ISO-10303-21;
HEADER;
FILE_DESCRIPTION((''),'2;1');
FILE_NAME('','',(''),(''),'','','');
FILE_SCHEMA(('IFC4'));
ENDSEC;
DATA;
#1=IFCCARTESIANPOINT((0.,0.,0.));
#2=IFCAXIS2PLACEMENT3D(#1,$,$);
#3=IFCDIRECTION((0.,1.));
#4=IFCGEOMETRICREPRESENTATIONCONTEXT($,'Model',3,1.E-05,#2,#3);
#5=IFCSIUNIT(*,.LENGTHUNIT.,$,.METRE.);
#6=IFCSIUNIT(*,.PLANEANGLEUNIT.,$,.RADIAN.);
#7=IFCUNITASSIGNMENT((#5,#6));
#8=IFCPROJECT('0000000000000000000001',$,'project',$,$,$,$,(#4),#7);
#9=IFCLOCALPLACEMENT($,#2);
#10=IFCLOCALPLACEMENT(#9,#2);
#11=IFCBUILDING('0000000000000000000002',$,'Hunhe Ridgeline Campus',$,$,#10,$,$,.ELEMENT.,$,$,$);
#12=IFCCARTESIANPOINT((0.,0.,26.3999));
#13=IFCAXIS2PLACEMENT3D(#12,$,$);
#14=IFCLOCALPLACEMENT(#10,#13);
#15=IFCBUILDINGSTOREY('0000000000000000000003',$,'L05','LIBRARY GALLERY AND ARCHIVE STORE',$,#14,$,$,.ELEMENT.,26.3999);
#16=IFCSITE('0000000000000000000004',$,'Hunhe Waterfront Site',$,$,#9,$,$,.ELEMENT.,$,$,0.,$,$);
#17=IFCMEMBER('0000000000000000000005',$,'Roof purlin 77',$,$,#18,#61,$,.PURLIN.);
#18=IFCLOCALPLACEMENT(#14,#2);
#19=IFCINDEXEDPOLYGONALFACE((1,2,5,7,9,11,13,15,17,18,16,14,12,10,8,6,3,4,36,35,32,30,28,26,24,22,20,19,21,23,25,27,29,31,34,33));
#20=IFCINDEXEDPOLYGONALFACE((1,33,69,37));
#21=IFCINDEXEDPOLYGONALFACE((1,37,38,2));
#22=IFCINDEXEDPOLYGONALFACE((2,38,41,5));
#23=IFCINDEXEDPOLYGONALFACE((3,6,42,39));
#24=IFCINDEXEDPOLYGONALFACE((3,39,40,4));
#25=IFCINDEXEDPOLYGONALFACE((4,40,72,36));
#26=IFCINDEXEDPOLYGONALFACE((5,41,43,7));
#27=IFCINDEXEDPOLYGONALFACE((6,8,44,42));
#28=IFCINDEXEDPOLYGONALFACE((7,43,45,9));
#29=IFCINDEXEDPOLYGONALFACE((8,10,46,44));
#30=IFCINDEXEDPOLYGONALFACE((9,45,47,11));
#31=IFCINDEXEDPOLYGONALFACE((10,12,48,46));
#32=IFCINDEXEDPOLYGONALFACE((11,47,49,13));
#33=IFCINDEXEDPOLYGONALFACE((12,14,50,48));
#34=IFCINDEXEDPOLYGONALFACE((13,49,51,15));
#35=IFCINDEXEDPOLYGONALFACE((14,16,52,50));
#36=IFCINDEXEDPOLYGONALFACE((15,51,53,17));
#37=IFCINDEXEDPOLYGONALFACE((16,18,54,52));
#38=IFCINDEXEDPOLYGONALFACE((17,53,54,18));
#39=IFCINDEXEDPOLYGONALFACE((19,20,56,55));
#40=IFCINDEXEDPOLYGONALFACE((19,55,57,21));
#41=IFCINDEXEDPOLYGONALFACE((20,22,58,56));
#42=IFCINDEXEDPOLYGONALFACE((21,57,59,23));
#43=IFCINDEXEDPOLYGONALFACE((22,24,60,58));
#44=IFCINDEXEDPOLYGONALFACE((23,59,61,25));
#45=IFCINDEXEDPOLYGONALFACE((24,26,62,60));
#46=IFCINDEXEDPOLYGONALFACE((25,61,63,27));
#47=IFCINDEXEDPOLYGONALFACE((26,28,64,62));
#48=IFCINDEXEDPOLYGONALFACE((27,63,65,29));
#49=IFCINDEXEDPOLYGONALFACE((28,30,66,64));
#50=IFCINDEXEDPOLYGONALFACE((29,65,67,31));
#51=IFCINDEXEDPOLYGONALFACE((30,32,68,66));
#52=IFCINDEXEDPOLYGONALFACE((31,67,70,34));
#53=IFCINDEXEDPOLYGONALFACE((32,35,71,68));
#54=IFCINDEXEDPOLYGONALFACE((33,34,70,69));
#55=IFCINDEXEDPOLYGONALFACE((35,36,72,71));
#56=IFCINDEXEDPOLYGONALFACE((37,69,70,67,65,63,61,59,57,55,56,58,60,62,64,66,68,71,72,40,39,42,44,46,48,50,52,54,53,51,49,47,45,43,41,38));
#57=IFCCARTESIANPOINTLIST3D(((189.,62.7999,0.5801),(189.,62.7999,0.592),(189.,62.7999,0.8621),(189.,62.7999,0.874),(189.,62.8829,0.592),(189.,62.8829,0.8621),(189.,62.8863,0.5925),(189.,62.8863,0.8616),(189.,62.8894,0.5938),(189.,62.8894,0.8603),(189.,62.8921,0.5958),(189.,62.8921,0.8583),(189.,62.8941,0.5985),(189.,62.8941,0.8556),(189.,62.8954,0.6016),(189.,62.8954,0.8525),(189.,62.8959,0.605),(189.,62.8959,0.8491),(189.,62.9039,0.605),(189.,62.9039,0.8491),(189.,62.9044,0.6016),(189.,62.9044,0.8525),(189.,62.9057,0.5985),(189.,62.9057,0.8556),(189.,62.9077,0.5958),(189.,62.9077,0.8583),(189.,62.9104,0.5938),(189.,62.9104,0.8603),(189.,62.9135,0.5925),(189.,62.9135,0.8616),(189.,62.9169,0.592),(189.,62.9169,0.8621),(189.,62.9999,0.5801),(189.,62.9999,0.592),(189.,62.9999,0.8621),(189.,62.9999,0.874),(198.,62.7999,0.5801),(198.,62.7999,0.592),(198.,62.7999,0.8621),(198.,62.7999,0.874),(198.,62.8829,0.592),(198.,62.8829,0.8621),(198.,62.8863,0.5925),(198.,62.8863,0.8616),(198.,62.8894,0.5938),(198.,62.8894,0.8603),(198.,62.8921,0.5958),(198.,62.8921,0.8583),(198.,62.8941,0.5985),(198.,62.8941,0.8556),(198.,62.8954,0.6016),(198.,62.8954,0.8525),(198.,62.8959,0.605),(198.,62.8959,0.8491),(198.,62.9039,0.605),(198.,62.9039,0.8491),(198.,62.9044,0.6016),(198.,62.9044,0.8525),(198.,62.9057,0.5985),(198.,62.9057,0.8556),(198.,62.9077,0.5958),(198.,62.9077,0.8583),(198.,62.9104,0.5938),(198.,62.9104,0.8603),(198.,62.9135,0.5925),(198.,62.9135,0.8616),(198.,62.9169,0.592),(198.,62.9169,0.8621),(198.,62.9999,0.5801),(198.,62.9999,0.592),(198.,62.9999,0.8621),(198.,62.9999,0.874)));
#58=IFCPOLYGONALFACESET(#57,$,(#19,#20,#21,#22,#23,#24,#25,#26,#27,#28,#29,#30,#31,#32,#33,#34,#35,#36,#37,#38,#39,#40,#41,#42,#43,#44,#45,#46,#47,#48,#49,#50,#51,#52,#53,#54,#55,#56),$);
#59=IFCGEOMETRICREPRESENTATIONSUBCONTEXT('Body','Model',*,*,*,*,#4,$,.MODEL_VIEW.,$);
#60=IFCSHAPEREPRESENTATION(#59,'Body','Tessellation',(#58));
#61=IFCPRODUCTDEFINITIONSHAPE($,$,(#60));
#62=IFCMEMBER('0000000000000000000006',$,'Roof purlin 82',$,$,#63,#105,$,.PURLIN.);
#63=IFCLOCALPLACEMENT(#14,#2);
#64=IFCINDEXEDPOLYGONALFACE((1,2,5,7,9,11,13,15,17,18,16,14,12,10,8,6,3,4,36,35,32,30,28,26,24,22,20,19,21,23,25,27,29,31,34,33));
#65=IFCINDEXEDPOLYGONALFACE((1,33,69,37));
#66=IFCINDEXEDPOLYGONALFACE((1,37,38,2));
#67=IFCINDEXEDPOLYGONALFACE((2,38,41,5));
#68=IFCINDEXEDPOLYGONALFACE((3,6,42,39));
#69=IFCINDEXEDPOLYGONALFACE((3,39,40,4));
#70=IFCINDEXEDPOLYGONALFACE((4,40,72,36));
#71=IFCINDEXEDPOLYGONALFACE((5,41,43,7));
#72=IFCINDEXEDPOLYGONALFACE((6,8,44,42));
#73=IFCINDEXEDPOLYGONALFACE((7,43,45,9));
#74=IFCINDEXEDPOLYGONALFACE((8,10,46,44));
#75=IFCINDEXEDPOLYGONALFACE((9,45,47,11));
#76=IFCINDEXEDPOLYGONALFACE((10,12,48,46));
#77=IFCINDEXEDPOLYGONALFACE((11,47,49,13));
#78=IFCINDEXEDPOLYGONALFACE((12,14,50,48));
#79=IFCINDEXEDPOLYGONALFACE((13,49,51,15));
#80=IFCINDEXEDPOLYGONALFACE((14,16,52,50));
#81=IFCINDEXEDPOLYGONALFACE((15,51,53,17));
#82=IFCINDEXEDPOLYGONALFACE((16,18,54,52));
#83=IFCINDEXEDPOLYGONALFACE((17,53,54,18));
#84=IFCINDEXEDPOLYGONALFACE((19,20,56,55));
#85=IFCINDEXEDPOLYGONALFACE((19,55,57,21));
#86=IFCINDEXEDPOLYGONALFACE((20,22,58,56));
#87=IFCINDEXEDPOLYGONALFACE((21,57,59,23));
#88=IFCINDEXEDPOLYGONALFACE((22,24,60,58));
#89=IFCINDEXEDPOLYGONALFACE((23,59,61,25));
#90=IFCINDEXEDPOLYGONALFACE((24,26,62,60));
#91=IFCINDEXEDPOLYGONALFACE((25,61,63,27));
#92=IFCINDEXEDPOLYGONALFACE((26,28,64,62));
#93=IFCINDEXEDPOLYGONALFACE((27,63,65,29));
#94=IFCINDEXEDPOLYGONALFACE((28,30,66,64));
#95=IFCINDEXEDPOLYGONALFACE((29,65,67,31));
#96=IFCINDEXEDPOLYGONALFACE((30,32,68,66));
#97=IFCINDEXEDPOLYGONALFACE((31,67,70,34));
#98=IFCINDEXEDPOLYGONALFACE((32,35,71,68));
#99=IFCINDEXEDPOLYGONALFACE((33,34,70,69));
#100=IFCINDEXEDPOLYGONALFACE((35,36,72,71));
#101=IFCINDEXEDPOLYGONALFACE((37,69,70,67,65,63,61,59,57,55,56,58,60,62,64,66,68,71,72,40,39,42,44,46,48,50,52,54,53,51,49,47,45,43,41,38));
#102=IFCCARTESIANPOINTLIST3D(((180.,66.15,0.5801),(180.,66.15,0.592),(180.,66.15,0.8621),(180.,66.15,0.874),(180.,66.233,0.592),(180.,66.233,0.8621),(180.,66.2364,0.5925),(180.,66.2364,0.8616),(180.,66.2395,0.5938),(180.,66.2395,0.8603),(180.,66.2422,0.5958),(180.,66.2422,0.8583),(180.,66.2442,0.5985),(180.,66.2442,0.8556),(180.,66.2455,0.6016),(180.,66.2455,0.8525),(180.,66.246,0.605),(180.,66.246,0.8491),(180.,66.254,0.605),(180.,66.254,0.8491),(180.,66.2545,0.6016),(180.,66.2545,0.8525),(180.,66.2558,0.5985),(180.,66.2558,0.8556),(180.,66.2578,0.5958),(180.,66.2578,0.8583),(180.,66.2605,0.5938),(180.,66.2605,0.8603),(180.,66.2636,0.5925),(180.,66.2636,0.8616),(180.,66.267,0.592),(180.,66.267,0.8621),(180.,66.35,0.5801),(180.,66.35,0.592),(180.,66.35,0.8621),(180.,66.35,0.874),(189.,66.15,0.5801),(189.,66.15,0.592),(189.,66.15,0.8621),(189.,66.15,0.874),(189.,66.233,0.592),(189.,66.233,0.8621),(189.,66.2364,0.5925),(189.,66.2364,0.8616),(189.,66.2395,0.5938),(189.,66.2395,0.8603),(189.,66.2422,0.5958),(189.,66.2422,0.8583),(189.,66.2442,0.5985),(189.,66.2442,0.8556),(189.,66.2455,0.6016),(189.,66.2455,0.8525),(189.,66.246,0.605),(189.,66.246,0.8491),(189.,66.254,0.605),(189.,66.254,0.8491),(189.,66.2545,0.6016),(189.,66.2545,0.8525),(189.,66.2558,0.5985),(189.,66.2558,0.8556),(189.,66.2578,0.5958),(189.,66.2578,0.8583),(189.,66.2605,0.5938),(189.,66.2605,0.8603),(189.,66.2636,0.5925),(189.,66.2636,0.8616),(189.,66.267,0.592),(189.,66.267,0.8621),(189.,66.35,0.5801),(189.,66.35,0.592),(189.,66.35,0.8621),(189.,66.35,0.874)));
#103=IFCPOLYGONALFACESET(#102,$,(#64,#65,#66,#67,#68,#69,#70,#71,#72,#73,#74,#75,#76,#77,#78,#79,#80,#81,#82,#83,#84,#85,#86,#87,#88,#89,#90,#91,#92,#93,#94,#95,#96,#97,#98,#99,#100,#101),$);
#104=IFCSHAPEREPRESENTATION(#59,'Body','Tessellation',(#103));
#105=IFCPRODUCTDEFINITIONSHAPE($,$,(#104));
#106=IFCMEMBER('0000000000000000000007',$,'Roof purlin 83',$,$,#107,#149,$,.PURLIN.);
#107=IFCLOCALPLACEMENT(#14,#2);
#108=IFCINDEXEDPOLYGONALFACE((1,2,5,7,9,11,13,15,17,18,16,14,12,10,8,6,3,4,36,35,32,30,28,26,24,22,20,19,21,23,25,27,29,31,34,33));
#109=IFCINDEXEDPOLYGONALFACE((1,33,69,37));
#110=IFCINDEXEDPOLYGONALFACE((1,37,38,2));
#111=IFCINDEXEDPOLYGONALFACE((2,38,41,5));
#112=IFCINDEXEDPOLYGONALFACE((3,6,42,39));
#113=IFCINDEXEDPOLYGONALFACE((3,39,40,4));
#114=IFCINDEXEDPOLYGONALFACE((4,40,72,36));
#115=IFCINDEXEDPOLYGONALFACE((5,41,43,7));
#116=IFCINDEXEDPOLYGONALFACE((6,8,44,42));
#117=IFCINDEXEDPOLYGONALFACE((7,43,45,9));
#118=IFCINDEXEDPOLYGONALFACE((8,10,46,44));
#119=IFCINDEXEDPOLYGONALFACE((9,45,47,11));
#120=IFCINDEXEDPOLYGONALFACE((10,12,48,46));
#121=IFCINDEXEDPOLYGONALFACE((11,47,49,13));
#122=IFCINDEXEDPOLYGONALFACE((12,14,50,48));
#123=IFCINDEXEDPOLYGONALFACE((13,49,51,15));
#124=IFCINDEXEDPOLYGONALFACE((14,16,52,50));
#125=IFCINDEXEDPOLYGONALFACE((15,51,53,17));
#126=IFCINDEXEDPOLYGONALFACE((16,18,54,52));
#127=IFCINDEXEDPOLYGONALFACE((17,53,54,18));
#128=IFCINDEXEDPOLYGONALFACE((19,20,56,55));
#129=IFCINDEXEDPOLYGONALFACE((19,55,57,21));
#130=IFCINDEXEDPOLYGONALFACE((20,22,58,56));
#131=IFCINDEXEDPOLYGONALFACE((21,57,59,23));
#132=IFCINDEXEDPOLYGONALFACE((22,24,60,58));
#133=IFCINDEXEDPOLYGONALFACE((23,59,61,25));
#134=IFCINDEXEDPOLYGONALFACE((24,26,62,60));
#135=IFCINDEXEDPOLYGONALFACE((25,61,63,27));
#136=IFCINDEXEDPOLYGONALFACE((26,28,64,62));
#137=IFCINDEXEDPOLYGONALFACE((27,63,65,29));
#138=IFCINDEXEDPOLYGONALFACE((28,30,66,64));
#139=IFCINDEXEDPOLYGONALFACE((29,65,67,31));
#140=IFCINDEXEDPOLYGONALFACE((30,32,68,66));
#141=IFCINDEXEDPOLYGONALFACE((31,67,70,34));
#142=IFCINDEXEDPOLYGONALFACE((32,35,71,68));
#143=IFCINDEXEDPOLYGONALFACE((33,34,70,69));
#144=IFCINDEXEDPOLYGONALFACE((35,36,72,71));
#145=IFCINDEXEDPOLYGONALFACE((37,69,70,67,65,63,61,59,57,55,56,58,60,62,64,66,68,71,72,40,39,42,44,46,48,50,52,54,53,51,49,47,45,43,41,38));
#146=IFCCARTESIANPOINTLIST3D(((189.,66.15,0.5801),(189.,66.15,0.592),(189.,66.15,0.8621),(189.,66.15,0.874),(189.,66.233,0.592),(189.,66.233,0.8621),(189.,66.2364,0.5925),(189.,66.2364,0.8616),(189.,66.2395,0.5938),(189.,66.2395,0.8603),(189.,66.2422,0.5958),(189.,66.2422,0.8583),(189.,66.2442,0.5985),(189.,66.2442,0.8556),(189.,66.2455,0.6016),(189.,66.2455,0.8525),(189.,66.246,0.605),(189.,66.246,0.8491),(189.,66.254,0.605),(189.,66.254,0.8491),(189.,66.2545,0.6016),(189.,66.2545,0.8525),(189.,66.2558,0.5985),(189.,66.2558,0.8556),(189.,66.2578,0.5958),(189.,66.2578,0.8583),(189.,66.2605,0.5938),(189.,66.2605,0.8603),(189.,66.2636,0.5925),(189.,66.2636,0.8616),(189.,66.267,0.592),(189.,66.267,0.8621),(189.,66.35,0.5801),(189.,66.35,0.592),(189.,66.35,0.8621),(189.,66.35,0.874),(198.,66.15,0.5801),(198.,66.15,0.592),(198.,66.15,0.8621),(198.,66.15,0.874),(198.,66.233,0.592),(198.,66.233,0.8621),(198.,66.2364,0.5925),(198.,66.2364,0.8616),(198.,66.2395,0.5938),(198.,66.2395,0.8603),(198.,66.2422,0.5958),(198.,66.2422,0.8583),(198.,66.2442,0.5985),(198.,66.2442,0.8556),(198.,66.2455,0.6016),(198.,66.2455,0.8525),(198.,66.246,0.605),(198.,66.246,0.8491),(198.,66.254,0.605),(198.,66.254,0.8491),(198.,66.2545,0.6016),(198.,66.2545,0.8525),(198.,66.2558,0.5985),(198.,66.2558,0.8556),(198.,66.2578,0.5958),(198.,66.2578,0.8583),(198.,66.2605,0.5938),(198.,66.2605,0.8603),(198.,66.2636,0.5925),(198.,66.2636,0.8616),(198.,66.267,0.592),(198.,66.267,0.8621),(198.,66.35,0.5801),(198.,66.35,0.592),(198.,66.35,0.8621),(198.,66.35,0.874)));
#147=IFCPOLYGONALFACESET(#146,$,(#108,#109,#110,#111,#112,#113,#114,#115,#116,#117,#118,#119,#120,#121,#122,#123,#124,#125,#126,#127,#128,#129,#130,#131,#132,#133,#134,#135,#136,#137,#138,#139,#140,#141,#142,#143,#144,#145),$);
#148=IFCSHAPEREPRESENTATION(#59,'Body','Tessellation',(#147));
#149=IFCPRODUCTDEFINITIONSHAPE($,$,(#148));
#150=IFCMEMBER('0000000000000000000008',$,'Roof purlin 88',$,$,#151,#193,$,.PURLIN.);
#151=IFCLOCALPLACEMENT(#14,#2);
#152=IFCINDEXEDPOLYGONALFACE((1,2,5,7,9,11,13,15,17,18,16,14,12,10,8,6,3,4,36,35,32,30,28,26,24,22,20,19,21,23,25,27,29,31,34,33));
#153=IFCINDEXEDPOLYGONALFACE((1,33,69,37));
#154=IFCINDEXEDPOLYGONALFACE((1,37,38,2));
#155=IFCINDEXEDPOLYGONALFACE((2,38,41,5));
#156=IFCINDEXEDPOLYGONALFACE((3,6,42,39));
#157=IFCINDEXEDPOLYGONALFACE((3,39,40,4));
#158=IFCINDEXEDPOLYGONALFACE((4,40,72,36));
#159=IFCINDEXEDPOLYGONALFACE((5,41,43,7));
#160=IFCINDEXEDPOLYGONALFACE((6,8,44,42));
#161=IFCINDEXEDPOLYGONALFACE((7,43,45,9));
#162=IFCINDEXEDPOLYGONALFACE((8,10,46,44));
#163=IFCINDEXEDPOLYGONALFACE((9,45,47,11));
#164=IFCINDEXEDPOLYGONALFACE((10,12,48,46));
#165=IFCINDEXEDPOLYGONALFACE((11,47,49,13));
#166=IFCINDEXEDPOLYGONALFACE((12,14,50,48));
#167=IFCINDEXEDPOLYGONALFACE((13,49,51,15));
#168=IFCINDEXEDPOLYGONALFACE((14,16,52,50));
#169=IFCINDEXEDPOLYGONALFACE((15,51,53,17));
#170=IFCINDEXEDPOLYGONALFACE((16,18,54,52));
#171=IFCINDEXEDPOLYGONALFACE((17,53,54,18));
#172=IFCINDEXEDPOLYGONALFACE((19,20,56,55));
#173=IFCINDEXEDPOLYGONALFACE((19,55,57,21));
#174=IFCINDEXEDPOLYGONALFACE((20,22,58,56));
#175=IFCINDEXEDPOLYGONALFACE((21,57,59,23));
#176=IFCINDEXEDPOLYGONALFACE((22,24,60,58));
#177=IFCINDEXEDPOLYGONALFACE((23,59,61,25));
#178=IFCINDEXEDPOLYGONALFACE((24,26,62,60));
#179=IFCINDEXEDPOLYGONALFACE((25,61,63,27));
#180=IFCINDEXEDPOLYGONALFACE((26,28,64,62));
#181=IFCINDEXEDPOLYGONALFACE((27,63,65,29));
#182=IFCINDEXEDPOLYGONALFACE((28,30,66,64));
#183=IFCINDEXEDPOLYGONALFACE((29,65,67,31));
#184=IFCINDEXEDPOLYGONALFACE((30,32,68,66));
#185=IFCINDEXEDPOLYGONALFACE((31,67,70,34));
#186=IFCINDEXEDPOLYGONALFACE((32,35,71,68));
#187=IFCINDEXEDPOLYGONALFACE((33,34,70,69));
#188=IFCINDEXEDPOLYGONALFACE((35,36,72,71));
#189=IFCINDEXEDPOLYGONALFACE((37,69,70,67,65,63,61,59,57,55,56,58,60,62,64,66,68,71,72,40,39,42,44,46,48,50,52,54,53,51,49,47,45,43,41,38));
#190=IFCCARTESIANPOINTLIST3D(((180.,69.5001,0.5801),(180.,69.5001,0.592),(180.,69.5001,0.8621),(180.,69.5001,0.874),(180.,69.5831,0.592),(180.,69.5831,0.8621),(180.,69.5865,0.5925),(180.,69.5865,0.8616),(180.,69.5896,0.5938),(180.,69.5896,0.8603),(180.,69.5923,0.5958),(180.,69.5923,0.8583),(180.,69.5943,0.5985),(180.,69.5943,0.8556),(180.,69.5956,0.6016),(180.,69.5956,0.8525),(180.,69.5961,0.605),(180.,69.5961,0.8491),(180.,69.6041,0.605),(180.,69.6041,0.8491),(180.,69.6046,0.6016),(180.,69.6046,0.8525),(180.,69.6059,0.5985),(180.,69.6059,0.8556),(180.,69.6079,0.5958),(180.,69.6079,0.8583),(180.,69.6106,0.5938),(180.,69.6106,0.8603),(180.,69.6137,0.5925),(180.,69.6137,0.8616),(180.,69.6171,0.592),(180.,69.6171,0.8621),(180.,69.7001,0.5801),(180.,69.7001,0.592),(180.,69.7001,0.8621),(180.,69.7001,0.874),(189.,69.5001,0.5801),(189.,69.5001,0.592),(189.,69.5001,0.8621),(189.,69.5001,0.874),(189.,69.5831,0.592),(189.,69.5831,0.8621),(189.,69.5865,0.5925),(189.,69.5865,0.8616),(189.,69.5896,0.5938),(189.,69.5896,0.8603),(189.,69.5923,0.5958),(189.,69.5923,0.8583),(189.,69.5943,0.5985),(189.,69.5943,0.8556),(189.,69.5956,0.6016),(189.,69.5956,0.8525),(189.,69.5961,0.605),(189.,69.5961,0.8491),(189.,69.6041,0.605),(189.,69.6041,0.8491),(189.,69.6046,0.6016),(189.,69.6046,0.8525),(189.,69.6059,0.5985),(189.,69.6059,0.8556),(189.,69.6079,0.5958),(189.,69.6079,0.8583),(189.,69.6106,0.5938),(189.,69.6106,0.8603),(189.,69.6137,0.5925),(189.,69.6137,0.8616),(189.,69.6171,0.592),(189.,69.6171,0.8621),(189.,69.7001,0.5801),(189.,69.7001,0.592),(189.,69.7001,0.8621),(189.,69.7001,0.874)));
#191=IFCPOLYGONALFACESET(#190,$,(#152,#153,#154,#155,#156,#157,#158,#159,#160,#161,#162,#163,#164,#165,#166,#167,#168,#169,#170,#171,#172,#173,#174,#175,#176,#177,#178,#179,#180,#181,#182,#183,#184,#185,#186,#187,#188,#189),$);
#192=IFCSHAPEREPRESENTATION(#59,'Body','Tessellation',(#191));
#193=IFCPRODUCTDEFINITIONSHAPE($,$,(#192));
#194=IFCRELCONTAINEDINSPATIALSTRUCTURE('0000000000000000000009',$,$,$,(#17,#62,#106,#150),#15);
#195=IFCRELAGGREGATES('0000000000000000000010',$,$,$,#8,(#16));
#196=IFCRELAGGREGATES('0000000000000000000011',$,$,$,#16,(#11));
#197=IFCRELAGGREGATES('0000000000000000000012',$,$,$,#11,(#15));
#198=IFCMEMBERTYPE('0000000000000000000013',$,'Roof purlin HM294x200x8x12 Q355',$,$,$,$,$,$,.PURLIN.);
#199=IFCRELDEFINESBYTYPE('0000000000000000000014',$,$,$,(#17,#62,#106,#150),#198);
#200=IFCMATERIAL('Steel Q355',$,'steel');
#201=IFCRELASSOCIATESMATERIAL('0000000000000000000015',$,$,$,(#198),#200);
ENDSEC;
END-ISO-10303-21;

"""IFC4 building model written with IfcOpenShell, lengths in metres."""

from ifc_helpers import new_model, si_unit, direction, frame, origin, origin_2d, place, context, subcontext, project, spatial, i_section, extrude, material, material_profile, profile_set, type_object, element, save


model = new_model("IFC4")

# Units and contexts
model_context = context("Model", 3, precision=1e-05, world=origin(), true_north=direction((0.0, 1.0)))
body_context = subcontext(model_context, "Body", "Model", "MODEL_VIEW")
ifc_project = project(units=[si_unit("LENGTHUNIT", "METRE"), si_unit("PLANEANGLEUNIT", "RADIAN")], contexts=[model_context])

# Site, building, storey
site_placement = place(None, origin())
site = spatial("IfcSite", under=ifc_project, at=site_placement, Name="Hunhe Waterfront Site", CompositionType="ELEMENT", RefElevation=0.0)
building_placement = place(site_placement, origin())
building = spatial("IfcBuilding", under=site, at=building_placement, Name="Hunhe Ridgeline Campus", CompositionType="ELEMENT")
storey_placement = place(building_placement, frame((0.0, 0.0, 26.3999)))
storey = spatial("IfcBuildingStorey", under=building, at=storey_placement, Name="L05", Description="LIBRARY GALLERY AND ARCHIVE STORE", CompositionType="ELEMENT", Elevation=26.3999)

# Members
ifc_material = material(Name="Steel Q355", Category="steel")
ifc_material_profile_1 = material_profile(ifc_material, i_section(OverallWidth=0.2, OverallDepth=0.2939, WebThickness=0.0081, FlangeThickness=0.012, FilletRadius=0.0129, at=origin_2d()))
ifc_profile_set_1 = profile_set([ifc_material_profile_1], Name="Steel Q355")
member_type_1 = type_object("IfcMemberType", Name="Roof purlin HM294x200x8x12 Q355", PredefinedType="PURLIN", material=ifc_profile_set_1)
for number, where, z_axis, x_axis, name in (
    (1, (189.0, 62.8999, 0.7271), (1.0, 0.0, 0.0), (0.0, 1.0, 0.0), "Roof purlin 77"),
    (2, (180.0, 66.25, 0.7271), (1.0, 0.0, 0.0), (0.0, 1.0, 0.0), "Roof purlin 82"),
    (3, (189.0, 66.25, 0.7271), (1.0, 0.0, 0.0), (0.0, 1.0, 0.0), "Roof purlin 83"),
    (4, (180.0, 69.6001, 0.7271), (1.0, 0.0, 0.0), (0.0, 1.0, 0.0), "Roof purlin 88"),
):
    element("IfcMember", number, at=place(storey_placement, frame(where, z_axis=z_axis, x_axis=x_axis)), inside=storey, type_object=member_type_1, Name=name, PredefinedType="PURLIN", context=body_context, shape_type="SweptSolid", body=[
        extrude(i_section(OverallWidth=0.2, OverallDepth=0.2939, WebThickness=0.0081, FlangeThickness=0.012, FilletRadius=0.0129, at=origin_2d()), origin(), (0.0, 0.0, 1.0), 9.0),
    ])

save(model, "model.ifc")
